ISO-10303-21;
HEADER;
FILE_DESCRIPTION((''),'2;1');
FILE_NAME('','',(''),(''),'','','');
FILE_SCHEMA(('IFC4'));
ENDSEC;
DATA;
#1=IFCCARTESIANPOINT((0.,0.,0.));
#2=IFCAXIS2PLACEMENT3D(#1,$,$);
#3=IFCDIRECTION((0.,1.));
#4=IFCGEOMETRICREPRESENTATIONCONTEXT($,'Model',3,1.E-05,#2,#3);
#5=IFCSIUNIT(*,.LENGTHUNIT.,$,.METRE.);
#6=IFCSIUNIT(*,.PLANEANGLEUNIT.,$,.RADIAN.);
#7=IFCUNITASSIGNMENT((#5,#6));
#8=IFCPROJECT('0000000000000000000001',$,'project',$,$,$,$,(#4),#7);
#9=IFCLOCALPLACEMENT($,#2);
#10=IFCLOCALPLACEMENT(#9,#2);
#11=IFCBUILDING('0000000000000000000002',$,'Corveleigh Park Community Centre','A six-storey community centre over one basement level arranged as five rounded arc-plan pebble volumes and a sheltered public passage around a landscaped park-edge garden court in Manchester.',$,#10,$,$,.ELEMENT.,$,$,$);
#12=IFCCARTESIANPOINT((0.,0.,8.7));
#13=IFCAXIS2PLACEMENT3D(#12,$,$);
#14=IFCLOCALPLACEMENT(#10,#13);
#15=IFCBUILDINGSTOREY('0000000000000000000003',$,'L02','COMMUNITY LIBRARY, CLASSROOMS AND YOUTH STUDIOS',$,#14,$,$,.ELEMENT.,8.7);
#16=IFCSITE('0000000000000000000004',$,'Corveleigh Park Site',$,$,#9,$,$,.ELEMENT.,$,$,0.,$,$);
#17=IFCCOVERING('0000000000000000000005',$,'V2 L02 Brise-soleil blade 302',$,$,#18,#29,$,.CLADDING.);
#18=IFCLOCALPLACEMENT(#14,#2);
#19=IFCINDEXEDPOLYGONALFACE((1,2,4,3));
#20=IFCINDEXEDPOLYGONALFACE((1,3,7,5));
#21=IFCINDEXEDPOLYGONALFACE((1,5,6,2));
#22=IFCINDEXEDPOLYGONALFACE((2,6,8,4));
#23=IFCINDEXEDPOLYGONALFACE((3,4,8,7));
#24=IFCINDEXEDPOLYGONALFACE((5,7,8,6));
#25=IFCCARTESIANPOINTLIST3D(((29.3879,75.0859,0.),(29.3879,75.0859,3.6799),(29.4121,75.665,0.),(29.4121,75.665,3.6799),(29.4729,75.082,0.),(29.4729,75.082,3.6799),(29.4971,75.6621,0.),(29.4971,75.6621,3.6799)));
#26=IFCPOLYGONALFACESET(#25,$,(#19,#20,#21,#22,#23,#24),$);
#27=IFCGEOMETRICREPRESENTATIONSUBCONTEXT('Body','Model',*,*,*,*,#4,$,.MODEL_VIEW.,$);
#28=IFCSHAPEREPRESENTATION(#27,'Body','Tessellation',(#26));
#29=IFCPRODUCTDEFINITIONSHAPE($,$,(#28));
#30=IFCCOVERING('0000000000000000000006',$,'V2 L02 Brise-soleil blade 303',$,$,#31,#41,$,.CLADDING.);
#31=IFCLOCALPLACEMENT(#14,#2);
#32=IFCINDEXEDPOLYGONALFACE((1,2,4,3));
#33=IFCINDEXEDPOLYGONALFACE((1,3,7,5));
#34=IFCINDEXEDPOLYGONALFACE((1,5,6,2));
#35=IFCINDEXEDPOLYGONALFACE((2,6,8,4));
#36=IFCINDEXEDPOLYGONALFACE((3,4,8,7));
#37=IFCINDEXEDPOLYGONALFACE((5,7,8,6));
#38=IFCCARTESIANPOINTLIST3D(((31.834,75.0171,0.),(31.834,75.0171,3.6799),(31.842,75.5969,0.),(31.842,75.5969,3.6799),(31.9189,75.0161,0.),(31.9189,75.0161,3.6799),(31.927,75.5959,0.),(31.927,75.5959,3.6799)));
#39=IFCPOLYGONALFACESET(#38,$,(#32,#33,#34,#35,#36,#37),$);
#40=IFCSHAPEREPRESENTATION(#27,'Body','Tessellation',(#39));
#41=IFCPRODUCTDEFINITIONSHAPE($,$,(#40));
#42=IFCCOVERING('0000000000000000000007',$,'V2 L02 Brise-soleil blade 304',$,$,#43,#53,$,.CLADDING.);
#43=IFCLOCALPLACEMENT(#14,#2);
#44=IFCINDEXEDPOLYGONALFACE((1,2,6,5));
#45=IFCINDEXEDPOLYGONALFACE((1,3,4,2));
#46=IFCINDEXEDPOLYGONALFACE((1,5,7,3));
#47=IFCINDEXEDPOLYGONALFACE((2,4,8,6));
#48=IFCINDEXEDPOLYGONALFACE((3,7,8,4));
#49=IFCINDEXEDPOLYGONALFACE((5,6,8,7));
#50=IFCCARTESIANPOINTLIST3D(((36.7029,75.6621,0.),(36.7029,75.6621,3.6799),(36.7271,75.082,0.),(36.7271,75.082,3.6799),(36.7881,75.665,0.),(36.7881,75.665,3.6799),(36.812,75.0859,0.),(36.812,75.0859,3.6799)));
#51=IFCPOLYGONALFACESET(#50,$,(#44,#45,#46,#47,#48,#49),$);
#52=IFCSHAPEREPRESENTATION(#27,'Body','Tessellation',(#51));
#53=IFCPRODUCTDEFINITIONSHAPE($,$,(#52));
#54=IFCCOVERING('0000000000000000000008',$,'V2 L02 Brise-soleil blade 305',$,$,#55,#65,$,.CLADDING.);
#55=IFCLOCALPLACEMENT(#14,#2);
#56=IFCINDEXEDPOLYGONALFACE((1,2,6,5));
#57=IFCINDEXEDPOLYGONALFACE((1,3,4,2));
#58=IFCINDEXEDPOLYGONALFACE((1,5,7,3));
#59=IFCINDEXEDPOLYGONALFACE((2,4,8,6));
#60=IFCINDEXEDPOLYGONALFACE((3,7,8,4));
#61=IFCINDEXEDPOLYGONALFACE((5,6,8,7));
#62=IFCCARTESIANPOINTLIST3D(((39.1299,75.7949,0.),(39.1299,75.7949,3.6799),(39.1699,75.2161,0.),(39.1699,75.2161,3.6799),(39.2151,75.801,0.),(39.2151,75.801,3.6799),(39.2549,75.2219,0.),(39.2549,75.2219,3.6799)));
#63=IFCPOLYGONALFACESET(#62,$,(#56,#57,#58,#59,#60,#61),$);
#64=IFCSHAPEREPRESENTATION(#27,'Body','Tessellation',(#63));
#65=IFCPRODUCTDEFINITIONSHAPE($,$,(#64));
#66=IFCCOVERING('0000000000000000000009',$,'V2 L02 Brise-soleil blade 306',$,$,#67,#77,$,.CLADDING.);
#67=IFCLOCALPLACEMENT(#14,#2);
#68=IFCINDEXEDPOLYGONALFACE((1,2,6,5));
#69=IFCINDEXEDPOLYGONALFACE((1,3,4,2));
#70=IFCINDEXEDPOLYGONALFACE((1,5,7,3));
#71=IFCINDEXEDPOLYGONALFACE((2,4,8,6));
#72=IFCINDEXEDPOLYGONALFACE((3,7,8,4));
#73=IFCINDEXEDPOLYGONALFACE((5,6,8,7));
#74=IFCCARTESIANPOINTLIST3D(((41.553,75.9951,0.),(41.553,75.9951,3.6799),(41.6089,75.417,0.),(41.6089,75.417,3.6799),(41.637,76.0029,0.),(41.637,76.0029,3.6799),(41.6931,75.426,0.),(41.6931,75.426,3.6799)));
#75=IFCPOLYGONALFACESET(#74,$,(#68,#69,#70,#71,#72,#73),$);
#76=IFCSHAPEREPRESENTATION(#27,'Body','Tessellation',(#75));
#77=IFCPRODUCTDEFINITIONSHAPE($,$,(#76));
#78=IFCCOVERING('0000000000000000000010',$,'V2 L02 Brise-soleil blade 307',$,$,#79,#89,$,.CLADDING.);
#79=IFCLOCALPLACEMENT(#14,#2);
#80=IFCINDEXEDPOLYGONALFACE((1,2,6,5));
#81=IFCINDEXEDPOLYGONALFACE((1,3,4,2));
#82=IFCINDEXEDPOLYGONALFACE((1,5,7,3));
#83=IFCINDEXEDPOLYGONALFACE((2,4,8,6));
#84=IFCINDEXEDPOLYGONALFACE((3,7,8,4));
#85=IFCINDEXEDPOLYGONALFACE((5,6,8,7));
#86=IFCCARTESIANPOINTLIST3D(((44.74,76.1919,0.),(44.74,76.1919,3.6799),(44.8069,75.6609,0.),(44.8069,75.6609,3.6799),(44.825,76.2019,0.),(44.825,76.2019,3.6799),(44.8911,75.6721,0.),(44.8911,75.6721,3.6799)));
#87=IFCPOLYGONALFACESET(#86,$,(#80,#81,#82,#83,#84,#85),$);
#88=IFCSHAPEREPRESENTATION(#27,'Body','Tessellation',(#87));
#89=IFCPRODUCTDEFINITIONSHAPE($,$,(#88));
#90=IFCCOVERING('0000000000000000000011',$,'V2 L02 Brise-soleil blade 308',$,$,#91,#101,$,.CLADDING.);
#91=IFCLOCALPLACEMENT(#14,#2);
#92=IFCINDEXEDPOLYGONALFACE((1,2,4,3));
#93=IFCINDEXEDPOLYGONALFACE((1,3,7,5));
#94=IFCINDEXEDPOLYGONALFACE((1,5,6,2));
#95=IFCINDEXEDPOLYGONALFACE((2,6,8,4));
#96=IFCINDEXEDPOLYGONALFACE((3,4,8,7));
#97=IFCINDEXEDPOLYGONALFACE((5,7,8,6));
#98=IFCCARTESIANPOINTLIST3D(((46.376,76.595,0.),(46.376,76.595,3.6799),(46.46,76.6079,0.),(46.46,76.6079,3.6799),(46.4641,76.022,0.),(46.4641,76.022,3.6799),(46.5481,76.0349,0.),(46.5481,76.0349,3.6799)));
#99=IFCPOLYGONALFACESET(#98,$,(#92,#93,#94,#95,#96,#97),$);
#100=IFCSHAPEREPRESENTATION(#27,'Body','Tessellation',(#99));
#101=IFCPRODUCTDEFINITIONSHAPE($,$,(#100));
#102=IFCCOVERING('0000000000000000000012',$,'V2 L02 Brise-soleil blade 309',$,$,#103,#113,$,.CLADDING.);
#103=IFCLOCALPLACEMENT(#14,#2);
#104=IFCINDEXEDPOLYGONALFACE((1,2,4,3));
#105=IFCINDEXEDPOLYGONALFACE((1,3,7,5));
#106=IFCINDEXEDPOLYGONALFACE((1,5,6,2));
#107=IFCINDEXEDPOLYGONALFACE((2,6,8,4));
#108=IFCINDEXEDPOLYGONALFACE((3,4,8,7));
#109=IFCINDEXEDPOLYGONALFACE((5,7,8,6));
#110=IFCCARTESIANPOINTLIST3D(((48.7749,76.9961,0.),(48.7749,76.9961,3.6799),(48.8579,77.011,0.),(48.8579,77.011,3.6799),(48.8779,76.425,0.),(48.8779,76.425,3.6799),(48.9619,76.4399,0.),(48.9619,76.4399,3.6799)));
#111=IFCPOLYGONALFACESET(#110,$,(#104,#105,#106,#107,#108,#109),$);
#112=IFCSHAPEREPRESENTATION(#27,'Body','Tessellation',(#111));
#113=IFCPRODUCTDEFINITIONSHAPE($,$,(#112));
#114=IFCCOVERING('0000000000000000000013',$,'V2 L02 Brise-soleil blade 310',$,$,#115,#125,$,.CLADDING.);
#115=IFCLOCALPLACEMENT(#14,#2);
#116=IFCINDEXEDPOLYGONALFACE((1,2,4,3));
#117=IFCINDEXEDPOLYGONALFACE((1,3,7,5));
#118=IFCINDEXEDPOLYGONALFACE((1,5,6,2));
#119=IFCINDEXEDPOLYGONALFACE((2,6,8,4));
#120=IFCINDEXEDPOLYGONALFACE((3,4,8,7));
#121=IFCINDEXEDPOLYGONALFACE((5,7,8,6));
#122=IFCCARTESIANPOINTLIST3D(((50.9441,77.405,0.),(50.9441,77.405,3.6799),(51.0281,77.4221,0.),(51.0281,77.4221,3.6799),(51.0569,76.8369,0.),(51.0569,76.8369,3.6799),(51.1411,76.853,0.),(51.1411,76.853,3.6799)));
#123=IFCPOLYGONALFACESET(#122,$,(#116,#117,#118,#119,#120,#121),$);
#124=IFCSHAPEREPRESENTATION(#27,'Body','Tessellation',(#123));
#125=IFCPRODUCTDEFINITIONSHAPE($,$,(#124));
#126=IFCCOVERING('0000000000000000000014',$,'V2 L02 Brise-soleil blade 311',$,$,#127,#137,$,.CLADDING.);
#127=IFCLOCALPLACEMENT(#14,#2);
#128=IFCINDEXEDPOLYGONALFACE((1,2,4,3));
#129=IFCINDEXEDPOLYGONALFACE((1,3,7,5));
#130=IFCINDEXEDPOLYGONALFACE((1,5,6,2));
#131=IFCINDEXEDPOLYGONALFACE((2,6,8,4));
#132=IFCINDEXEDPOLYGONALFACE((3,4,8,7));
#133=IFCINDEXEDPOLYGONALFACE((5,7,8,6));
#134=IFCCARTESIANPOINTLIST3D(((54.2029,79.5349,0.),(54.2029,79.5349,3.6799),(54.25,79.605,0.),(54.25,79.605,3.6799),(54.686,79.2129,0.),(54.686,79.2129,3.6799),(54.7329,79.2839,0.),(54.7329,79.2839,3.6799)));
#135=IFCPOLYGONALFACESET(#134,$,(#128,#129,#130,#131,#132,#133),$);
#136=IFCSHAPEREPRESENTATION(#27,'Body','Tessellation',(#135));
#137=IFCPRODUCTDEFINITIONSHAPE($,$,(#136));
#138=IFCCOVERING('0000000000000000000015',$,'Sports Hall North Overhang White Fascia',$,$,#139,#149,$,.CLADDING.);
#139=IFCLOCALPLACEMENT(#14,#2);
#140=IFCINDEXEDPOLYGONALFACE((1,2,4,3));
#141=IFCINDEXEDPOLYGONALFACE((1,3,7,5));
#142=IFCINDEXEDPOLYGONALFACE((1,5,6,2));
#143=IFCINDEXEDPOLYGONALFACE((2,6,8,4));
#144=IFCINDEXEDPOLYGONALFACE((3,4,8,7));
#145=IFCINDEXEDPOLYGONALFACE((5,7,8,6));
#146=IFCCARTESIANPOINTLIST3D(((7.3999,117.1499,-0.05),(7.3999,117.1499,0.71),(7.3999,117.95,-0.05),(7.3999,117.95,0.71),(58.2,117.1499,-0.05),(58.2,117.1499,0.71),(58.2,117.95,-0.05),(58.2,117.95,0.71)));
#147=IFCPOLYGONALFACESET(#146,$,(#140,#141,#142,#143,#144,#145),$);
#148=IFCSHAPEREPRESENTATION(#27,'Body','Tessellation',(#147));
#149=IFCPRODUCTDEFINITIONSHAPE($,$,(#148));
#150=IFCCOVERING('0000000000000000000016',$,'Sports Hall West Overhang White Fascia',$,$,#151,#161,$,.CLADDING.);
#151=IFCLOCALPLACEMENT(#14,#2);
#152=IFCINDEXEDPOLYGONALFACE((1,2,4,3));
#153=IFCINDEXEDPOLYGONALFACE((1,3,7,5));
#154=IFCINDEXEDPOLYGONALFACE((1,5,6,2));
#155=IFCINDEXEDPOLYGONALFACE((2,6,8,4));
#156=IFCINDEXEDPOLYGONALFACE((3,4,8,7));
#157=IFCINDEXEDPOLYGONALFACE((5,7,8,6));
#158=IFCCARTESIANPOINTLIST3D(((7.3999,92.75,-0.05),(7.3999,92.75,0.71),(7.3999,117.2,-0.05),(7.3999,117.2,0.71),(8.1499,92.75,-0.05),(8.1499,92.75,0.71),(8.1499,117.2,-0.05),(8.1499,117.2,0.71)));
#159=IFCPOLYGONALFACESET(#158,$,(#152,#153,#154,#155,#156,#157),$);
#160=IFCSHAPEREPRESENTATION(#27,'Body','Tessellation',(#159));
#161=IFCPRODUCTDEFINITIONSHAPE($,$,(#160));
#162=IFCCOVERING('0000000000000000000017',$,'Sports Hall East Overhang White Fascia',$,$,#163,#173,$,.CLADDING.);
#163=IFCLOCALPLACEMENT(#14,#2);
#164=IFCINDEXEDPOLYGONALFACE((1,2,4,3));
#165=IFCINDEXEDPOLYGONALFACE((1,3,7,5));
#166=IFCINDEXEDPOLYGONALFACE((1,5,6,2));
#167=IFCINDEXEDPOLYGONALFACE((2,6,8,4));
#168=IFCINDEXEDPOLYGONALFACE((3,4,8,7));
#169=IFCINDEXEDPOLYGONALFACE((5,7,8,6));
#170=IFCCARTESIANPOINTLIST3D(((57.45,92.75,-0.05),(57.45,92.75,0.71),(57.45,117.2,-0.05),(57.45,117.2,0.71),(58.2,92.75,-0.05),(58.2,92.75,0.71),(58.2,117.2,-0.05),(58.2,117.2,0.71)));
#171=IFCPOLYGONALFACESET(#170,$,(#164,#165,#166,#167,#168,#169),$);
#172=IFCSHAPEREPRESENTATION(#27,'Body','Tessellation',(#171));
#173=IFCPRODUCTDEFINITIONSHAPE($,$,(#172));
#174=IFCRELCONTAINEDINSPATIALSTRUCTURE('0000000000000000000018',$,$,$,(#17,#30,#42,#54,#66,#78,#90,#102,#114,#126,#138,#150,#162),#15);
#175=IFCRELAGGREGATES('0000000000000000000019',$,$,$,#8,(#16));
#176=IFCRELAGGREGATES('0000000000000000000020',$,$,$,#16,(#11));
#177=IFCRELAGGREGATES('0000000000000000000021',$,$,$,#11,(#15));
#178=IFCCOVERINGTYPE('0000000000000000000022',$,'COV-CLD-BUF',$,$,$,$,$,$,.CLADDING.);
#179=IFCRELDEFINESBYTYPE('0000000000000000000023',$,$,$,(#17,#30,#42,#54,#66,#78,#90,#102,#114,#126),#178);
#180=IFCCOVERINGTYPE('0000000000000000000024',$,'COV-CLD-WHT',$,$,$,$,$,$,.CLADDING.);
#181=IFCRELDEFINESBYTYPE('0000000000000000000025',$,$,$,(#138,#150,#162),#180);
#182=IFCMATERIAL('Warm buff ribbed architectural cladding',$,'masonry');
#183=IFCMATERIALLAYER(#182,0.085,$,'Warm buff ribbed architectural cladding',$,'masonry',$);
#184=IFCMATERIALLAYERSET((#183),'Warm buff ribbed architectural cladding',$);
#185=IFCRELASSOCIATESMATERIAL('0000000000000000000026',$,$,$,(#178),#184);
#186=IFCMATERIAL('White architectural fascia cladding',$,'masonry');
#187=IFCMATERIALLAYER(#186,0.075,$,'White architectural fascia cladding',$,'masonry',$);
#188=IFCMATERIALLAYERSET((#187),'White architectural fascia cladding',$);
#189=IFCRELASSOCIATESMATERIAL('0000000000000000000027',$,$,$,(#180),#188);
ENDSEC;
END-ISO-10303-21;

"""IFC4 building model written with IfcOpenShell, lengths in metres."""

from ifc_helpers import new_model, si_unit, direction, frame, origin, place, context, subcontext, project, spatial, polyline, outline, extrude, material, layer, layer_set, type_object, element, save


model = new_model("IFC4")

# Units and contexts
model_context = context("Model", 3, precision=1e-05, world=origin(), true_north=direction((0.0, 1.0)))
body_context = subcontext(model_context, "Body", "Model", "MODEL_VIEW")
ifc_project = project(units=[si_unit("LENGTHUNIT", "METRE"), si_unit("PLANEANGLEUNIT", "RADIAN")], contexts=[model_context])

# Site, building, storey
site_placement = place(None, origin())
site = spatial("IfcSite", under=ifc_project, at=site_placement, Name="Corveleigh Park Site", CompositionType="ELEMENT", RefElevation=0.0)
building_placement = place(site_placement, origin())
building = spatial("IfcBuilding", under=site, at=building_placement, Name="Corveleigh Park Community Centre", Description="A six-storey community centre over one basement level arranged as five rounded arc-plan pebble volumes and a sheltered public passage around a landscaped park-edge garden court in Manchester.", CompositionType="ELEMENT")
storey_placement = place(building_placement, frame((0.0, 0.0, 8.7)))
storey = spatial("IfcBuildingStorey", under=building, at=storey_placement, Name="L02", Description="COMMUNITY LIBRARY, CLASSROOMS AND YOUTH STUDIOS", CompositionType="ELEMENT", Elevation=8.7)

# Coverings
ifc_material_1 = material(Name="Warm buff ribbed architectural cladding", Category="masonry")
ifc_layer_1 = layer(ifc_material_1, 0.085, Name="Warm buff ribbed architectural cladding", Category="masonry")
ifc_layer_set_1 = layer_set([ifc_layer_1], Name="Warm buff ribbed architectural cladding")
covering_type_1 = type_object("IfcCoveringType", Name="COV-CLD-BUF", PredefinedType="CLADDING", material=ifc_layer_set_1)
covering_1_placement = place(storey_placement, origin())
element("IfcCovering", 1, at=covering_1_placement, inside=storey, type_object=covering_type_1, Name="V2 L02 Brise-soleil blade 302", PredefinedType="CLADDING", context=body_context, shape_type="SweptSolid", body=[
    extrude(outline(polyline([(29.4971, 75.6621), (29.4121, 75.665), (29.3879, 75.0859), (29.4729, 75.082), (29.4971, 75.6621)])), origin(), (0.0, 0.0, 1.0), 3.6799),
])
covering_2_placement = place(storey_placement, origin())
element("IfcCovering", 2, at=covering_2_placement, inside=storey, type_object=covering_type_1, Name="V2 L02 Brise-soleil blade 303", PredefinedType="CLADDING", context=body_context, shape_type="SweptSolid", body=[
    extrude(outline(polyline([(31.927, 75.5959), (31.842, 75.5969), (31.834, 75.0171), (31.9189, 75.0161), (31.927, 75.5959)])), origin(), (0.0, 0.0, 1.0), 3.6799),
])
covering_3_placement = place(storey_placement, origin())
element("IfcCovering", 3, at=covering_3_placement, inside=storey, type_object=covering_type_1, Name="V2 L02 Brise-soleil blade 304", PredefinedType="CLADDING", context=body_context, shape_type="SweptSolid", body=[
    extrude(outline(polyline([(36.7881, 75.665), (36.7029, 75.6621), (36.7271, 75.082), (36.812, 75.0859), (36.7881, 75.665)])), origin(), (0.0, 0.0, 1.0), 3.6799),
])
covering_4_placement = place(storey_placement, origin())
element("IfcCovering", 4, at=covering_4_placement, inside=storey, type_object=covering_type_1, Name="V2 L02 Brise-soleil blade 305", PredefinedType="CLADDING", context=body_context, shape_type="SweptSolid", body=[
    extrude(outline(polyline([(39.2151, 75.801), (39.1299, 75.7949), (39.1699, 75.2161), (39.2549, 75.2219), (39.2151, 75.801)])), origin(), (0.0, 0.0, 1.0), 3.6799),
])
covering_5_placement = place(storey_placement, origin())
element("IfcCovering", 5, at=covering_5_placement, inside=storey, type_object=covering_type_1, Name="V2 L02 Brise-soleil blade 306", PredefinedType="CLADDING", context=body_context, shape_type="SweptSolid", body=[
    extrude(outline(polyline([(41.637, 76.0029), (41.553, 75.9951), (41.6089, 75.417), (41.6931, 75.426), (41.637, 76.0029)])), origin(), (0.0, 0.0, 1.0), 3.6799),
])
covering_6_placement = place(storey_placement, origin())
element("IfcCovering", 6, at=covering_6_placement, inside=storey, type_object=covering_type_1, Name="V2 L02 Brise-soleil blade 307", PredefinedType="CLADDING", context=body_context, shape_type="SweptSolid", body=[
    extrude(outline(polyline([(44.825, 76.2019), (44.74, 76.1919), (44.8069, 75.6609), (44.8911, 75.6721), (44.825, 76.2019)])), origin(), (0.0, 0.0, 1.0), 3.6799),
])
covering_7_placement = place(storey_placement, origin())
element("IfcCovering", 7, at=covering_7_placement, inside=storey, type_object=covering_type_1, Name="V2 L02 Brise-soleil blade 308", PredefinedType="CLADDING", context=body_context, shape_type="SweptSolid", body=[
    extrude(outline(polyline([(46.46, 76.6079), (46.376, 76.595), (46.4641, 76.022), (46.5481, 76.0349), (46.46, 76.6079)])), origin(), (0.0, 0.0, 1.0), 3.6799),
])
covering_8_placement = place(storey_placement, origin())
element("IfcCovering", 8, at=covering_8_placement, inside=storey, type_object=covering_type_1, Name="V2 L02 Brise-soleil blade 309", PredefinedType="CLADDING", context=body_context, shape_type="SweptSolid", body=[
    extrude(outline(polyline([(48.8579, 77.011), (48.7749, 76.9961), (48.8779, 76.425), (48.9619, 76.4399), (48.8579, 77.011)])), origin(), (0.0, 0.0, 1.0), 3.6799),
])
covering_9_placement = place(storey_placement, origin())
element("IfcCovering", 9, at=covering_9_placement, inside=storey, type_object=covering_type_1, Name="V2 L02 Brise-soleil blade 310", PredefinedType="CLADDING", context=body_context, shape_type="SweptSolid", body=[
    extrude(outline(polyline([(51.0281, 77.4221), (50.9441, 77.405), (51.0569, 76.8369), (51.1411, 76.853), (51.0281, 77.4221)])), origin(), (0.0, 0.0, 1.0), 3.6799),
])
covering_10_placement = place(storey_placement, origin())
element("IfcCovering", 10, at=covering_10_placement, inside=storey, type_object=covering_type_1, Name="V2 L02 Brise-soleil blade 311", PredefinedType="CLADDING", context=body_context, shape_type="SweptSolid", body=[
    extrude(outline(polyline([(54.25, 79.605), (54.2029, 79.5349), (54.686, 79.2129), (54.7329, 79.2839), (54.25, 79.605)])), origin(), (0.0, 0.0, 1.0), 3.6799),
])
ifc_material_2 = material(Name="White architectural fascia cladding", Category="masonry")
ifc_layer_2 = layer(ifc_material_2, 0.075, Name="White architectural fascia cladding", Category="masonry")
ifc_layer_set_2 = layer_set([ifc_layer_2], Name="White architectural fascia cladding")
covering_type_2 = type_object("IfcCoveringType", Name="COV-CLD-WHT", PredefinedType="CLADDING", material=ifc_layer_set_2)
covering_11_placement = place(storey_placement, frame((0.0, 0.0, -0.05)))
element("IfcCovering", 11, at=covering_11_placement, inside=storey, type_object=covering_type_2, Name="Sports Hall North Overhang White Fascia", PredefinedType="CLADDING", context=body_context, shape_type="SweptSolid", body=[
    extrude(outline(polyline([(7.3999, 117.1499), (58.2, 117.1499), (58.2, 117.95), (7.3999, 117.95), (7.3999, 117.1499)])), origin(), (0.0, 0.0, 1.0), 0.76),
])
covering_12_placement = place(storey_placement, frame((0.0, 0.0, -0.05)))
element("IfcCovering", 12, at=covering_12_placement, inside=storey, type_object=covering_type_2, Name="Sports Hall West Overhang White Fascia", PredefinedType="CLADDING", context=body_context, shape_type="SweptSolid", body=[
    extrude(outline(polyline([(7.3999, 92.75), (8.1499, 92.75), (8.1499, 117.2), (7.3999, 117.2), (7.3999, 92.75)])), origin(), (0.0, 0.0, 1.0), 0.76),
])
covering_13_placement = place(storey_placement, frame((0.0, 0.0, -0.05)))
element("IfcCovering", 13, at=covering_13_placement, inside=storey, type_object=covering_type_2, Name="Sports Hall East Overhang White Fascia", PredefinedType="CLADDING", context=body_context, shape_type="SweptSolid", body=[
    extrude(outline(polyline([(57.45, 92.75), (58.2, 92.75), (58.2, 117.2), (57.45, 117.2), (57.45, 92.75)])), origin(), (0.0, 0.0, 1.0), 0.76),
])

save(model, "model.ifc")
